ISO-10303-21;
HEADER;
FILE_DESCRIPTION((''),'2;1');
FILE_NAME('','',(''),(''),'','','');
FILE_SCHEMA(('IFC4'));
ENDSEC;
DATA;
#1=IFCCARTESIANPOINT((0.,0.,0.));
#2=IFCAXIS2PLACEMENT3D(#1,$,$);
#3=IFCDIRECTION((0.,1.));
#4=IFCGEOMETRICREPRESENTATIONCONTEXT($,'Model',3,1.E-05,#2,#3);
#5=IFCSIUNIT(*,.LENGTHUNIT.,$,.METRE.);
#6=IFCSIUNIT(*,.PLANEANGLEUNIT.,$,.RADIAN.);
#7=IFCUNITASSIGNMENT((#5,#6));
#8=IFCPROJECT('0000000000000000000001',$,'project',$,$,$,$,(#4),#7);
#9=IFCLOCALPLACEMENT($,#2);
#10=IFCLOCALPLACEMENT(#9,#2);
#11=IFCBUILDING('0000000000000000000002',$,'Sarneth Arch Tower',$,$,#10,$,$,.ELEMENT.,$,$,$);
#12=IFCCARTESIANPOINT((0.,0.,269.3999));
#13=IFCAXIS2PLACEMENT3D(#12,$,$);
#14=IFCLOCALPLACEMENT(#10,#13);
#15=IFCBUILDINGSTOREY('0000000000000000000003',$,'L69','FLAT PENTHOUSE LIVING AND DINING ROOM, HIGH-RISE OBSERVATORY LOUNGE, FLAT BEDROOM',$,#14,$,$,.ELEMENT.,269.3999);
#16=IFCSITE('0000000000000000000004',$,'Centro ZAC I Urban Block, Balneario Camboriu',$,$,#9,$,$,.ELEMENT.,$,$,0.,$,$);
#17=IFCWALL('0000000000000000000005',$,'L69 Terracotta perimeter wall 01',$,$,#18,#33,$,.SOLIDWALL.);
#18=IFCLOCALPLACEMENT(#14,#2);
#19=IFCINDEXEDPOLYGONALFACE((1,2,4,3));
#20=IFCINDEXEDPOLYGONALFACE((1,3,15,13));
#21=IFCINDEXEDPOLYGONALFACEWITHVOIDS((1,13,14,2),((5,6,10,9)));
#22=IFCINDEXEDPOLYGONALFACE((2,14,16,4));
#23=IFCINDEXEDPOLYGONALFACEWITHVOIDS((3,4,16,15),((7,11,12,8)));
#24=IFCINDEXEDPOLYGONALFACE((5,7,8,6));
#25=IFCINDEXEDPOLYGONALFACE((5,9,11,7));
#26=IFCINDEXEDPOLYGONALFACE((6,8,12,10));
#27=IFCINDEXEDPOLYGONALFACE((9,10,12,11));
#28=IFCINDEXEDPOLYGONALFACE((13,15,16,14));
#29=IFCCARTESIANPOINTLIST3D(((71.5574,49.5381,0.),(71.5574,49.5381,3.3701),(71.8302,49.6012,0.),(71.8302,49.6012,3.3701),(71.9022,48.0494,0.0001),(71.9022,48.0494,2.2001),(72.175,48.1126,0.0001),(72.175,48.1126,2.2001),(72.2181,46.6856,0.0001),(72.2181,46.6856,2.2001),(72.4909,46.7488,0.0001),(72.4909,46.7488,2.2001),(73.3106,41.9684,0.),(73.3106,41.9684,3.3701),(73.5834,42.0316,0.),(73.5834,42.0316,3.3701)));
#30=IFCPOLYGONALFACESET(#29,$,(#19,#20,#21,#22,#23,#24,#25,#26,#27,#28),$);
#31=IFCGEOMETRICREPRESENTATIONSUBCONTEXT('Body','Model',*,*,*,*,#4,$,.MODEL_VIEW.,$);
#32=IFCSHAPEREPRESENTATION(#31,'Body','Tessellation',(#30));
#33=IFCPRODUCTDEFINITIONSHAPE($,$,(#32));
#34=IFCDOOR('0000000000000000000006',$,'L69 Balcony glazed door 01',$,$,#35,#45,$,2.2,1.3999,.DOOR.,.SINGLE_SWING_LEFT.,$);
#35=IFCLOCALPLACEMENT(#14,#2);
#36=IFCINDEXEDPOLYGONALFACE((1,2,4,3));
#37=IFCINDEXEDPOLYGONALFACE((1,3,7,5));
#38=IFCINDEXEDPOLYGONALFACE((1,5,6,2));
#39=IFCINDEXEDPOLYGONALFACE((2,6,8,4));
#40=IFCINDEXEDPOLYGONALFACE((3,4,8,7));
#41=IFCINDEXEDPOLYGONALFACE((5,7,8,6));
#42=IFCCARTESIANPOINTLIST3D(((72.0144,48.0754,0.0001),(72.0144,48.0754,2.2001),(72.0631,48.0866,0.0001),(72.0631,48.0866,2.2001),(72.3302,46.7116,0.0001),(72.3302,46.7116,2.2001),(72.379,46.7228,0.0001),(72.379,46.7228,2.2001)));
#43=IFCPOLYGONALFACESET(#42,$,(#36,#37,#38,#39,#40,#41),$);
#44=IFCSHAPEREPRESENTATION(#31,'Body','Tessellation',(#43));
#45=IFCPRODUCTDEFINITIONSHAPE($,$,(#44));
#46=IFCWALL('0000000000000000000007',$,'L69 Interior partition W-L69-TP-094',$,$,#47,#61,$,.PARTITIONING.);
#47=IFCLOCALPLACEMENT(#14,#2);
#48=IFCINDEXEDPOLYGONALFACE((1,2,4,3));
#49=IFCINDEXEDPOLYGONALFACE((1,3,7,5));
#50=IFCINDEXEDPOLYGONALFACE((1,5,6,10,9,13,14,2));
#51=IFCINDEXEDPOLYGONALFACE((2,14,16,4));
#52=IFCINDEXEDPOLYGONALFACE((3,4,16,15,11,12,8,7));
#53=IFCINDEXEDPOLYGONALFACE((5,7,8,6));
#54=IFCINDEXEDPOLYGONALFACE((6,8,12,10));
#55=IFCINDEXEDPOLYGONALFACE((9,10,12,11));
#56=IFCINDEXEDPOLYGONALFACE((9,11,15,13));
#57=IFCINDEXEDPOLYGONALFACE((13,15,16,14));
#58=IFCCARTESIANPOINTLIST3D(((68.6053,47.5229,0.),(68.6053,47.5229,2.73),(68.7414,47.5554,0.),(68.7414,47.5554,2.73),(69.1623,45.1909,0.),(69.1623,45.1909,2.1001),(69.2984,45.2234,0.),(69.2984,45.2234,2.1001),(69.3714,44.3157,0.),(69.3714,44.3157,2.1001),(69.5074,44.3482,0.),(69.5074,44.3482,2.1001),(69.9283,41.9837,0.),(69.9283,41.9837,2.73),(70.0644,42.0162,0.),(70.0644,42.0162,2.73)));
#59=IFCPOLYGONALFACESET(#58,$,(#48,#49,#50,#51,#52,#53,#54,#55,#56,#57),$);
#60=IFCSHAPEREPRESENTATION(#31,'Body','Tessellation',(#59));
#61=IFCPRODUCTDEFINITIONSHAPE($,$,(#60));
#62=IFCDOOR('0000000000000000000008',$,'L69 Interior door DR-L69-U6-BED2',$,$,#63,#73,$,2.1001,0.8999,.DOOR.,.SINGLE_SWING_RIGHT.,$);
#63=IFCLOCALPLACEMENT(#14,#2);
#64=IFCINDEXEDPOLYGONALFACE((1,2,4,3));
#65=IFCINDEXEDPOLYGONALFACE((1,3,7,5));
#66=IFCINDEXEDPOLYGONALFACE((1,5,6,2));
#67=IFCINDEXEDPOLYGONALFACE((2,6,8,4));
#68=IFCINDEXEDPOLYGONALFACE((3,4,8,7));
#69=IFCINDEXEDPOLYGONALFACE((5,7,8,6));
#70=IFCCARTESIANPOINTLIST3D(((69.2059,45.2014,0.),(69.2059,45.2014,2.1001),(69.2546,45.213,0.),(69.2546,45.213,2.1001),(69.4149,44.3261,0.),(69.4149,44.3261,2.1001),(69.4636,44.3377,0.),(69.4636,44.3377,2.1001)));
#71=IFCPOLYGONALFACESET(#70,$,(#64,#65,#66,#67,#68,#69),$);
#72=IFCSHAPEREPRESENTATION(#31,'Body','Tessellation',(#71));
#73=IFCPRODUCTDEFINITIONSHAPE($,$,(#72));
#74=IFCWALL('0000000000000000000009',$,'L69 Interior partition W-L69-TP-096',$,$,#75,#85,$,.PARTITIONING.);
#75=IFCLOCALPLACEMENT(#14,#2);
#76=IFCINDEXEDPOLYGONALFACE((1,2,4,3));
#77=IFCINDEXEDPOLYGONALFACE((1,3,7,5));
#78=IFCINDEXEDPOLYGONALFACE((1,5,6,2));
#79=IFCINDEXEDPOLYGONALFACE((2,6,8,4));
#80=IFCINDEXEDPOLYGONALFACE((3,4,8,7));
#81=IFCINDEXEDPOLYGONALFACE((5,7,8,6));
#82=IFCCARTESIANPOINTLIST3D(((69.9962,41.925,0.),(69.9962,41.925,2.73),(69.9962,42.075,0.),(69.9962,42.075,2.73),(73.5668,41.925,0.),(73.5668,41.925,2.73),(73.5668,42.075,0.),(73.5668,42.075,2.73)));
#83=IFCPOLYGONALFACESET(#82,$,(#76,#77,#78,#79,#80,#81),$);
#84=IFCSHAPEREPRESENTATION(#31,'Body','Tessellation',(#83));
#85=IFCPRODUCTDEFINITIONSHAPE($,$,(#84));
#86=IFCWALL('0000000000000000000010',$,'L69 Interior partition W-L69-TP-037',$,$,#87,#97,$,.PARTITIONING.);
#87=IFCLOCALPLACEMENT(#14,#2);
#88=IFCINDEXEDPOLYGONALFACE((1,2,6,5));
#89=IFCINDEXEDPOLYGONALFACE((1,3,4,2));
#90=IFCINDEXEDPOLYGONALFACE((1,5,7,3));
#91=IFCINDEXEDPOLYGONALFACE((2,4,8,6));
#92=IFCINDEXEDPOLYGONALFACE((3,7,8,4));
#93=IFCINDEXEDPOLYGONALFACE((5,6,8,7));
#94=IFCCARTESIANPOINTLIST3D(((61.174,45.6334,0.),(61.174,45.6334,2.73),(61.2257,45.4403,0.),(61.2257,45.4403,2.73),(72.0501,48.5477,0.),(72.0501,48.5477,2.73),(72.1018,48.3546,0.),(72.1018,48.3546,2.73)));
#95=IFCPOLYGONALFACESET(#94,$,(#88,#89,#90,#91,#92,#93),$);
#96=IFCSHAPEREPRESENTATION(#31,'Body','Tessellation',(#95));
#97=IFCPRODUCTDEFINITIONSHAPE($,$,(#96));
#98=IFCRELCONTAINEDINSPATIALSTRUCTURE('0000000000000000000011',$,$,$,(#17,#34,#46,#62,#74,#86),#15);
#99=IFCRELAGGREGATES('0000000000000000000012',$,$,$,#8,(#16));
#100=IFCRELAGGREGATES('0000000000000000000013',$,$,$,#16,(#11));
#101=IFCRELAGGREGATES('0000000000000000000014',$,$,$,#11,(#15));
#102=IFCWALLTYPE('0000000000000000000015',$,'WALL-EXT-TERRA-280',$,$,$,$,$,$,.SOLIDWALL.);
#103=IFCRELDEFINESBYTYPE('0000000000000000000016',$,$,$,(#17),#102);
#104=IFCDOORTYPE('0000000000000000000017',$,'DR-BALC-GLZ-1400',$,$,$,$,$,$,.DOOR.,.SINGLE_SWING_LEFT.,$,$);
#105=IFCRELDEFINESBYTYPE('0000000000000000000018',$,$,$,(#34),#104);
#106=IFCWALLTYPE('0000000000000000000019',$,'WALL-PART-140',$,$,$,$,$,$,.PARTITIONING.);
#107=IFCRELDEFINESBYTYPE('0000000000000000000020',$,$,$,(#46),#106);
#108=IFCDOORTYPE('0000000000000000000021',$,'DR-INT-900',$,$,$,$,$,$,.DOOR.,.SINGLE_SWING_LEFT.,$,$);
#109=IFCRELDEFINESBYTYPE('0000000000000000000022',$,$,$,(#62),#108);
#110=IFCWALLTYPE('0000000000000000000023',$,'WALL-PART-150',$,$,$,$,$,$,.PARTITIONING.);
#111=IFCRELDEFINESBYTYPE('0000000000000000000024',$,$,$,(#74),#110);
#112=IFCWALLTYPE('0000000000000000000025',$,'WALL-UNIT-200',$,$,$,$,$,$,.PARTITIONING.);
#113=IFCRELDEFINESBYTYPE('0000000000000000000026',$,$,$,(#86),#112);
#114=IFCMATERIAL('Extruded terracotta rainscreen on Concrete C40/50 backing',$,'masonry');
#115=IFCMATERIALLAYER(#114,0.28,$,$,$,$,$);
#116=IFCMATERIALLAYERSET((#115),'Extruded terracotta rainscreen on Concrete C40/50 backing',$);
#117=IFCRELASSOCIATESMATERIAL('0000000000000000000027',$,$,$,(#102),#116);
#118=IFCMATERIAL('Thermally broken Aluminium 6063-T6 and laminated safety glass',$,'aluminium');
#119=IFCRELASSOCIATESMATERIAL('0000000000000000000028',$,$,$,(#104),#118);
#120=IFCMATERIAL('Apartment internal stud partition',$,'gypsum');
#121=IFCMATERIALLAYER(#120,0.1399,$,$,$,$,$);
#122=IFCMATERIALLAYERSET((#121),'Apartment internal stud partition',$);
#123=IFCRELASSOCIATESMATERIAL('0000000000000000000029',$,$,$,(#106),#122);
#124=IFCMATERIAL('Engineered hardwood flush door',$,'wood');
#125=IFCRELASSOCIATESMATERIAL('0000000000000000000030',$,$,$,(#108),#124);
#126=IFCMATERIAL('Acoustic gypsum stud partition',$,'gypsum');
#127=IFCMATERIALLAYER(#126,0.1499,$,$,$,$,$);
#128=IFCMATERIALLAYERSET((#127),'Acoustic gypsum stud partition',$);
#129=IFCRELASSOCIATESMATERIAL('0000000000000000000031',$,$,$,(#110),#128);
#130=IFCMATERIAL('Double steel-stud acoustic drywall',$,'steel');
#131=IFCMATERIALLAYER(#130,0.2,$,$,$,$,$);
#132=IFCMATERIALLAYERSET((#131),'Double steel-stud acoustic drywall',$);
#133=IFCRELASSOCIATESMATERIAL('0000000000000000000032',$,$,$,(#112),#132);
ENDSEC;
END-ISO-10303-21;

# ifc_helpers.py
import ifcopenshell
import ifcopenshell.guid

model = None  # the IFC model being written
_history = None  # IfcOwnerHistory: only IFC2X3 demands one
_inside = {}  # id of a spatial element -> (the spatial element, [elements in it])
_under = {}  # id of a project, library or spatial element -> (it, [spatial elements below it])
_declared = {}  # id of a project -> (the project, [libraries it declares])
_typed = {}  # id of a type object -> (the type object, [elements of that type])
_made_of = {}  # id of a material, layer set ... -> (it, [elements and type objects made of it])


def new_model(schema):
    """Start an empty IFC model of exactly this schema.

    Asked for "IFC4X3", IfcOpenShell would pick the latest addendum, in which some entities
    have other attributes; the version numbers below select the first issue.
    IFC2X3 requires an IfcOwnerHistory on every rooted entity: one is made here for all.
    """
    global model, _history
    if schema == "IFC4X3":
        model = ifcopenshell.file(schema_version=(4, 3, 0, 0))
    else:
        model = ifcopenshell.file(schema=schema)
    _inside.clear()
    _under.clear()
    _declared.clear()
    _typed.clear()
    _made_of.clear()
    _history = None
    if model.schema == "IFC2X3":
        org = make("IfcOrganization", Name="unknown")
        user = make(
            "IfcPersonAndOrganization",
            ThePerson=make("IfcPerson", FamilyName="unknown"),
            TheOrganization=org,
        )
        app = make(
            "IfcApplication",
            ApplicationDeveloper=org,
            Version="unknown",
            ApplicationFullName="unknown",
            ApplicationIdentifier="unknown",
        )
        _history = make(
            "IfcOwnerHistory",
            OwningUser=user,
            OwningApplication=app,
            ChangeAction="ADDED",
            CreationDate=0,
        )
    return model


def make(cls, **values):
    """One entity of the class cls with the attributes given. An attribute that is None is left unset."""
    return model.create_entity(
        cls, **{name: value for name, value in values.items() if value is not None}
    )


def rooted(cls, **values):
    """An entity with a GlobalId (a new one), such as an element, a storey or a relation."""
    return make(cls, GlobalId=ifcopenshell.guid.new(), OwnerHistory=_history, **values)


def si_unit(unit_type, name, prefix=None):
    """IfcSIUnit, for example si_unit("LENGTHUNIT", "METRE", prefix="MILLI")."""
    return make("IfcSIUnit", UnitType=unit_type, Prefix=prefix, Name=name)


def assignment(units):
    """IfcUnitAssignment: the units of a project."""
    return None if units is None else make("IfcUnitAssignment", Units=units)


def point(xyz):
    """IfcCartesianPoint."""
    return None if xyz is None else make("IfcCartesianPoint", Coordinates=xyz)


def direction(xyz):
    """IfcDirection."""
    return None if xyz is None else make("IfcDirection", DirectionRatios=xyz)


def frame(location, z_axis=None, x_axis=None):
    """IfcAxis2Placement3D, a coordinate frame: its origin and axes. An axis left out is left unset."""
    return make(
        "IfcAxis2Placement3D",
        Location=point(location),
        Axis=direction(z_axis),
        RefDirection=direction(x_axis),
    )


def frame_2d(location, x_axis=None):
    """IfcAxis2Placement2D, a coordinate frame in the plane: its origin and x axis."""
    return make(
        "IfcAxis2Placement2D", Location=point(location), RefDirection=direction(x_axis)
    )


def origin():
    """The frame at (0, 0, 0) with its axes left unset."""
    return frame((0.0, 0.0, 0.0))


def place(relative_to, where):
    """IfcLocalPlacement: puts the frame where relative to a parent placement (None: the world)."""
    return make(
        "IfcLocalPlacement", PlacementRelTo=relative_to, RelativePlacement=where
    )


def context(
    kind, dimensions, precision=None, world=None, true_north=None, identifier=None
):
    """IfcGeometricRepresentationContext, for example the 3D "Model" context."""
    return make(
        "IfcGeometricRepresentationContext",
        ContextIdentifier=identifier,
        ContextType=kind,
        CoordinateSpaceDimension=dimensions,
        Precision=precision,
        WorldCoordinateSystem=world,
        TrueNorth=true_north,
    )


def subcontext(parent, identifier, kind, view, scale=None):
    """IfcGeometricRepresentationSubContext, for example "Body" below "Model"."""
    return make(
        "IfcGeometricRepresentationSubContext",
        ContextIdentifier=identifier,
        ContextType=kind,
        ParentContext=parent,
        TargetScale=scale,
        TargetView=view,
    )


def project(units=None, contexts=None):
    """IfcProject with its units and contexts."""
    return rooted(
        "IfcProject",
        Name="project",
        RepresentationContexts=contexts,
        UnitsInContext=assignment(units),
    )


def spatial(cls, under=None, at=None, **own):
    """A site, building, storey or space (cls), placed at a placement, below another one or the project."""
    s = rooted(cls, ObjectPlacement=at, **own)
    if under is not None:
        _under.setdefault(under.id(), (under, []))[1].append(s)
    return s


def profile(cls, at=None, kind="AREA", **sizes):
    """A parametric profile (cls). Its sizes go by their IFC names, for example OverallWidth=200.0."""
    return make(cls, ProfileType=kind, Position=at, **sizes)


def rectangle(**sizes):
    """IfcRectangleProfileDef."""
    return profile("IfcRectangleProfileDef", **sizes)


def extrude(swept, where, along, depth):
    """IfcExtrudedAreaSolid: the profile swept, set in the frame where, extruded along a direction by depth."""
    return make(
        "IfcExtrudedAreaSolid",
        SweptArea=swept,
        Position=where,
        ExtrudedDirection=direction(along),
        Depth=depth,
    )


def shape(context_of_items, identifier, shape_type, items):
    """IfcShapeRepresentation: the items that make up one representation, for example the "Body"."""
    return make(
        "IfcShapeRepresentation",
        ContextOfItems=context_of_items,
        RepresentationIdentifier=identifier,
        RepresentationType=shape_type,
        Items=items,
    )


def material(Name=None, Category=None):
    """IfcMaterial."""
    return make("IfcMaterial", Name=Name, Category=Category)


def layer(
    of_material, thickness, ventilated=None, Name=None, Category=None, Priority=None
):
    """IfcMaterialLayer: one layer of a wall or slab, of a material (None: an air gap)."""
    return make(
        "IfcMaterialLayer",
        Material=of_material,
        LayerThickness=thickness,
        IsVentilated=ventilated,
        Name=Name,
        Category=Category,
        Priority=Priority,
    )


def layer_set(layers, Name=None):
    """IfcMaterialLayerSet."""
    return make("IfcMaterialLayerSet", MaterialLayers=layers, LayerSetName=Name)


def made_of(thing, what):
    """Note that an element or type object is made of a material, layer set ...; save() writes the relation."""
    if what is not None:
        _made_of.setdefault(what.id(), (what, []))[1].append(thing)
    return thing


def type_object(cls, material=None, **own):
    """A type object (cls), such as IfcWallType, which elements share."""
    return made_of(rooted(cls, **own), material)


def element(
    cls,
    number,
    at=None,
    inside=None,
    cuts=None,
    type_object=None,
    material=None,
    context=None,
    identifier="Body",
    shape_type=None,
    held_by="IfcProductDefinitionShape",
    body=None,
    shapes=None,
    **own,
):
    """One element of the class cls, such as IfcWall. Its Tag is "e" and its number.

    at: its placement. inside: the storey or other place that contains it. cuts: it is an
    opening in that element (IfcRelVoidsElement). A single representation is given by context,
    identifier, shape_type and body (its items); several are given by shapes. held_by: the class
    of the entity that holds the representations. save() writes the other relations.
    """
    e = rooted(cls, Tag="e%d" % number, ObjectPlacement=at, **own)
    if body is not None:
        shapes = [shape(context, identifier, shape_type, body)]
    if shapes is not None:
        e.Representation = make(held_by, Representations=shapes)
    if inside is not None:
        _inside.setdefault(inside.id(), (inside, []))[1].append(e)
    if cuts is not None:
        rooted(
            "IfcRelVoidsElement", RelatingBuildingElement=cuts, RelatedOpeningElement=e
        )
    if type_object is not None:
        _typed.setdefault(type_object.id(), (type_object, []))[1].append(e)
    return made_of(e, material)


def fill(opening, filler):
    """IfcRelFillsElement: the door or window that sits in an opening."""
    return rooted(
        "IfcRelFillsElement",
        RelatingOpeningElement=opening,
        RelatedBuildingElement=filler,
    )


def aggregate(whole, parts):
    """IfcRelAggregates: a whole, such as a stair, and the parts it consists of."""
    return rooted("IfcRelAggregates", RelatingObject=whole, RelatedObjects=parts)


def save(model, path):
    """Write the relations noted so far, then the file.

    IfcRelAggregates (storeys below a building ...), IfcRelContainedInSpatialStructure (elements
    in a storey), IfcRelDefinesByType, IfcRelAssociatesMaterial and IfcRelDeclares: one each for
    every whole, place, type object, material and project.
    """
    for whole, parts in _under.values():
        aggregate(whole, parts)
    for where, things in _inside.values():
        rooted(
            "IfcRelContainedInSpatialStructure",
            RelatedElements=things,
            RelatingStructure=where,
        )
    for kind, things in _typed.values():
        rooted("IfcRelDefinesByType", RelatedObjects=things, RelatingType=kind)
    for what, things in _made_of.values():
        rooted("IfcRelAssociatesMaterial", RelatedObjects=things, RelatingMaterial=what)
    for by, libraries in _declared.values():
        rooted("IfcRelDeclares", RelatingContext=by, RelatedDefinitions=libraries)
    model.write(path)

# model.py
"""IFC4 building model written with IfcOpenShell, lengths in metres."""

from ifc_helpers import new_model, si_unit, direction, frame, frame_2d, origin, place, context, subcontext, project, spatial, rectangle, extrude, material, layer, layer_set, type_object, element, fill, save


model = new_model("IFC4")

# Units and contexts
model_context = context("Model", 3, precision=1e-05, world=origin(), true_north=direction((0.0, 1.0)))
body_context = subcontext(model_context, "Body", "Model", "MODEL_VIEW")
ifc_project = project(units=[si_unit("LENGTHUNIT", "METRE"), si_unit("PLANEANGLEUNIT", "RADIAN")], contexts=[model_context])

# Site, building, storey
site_placement = place(None, origin())
site = spatial("IfcSite", under=ifc_project, at=site_placement, Name="Centro ZAC I Urban Block, Balneario Camboriu", CompositionType="ELEMENT", RefElevation=0.0)
building_placement = place(site_placement, origin())
building = spatial("IfcBuilding", under=site, at=building_placement, Name="Sarneth Arch Tower", CompositionType="ELEMENT")
storey_placement = place(building_placement, frame((0.0, 0.0, 269.3999)))
storey = spatial("IfcBuildingStorey", under=building, at=storey_placement, Name="L69", Description="FLAT PENTHOUSE LIVING AND DINING ROOM, HIGH-RISE OBSERVATORY LOUNGE, FLAT BEDROOM", CompositionType="ELEMENT", Elevation=269.3999)

# Walls, openings, doors
ifc_material_1 = material(Name="Extruded terracotta rainscreen on Concrete C40/50 backing", Category="masonry")
ifc_layer_1 = layer(ifc_material_1, 0.28)
ifc_layer_set_1 = layer_set([ifc_layer_1], Name="Extruded terracotta rainscreen on Concrete C40/50 backing")
wall_type_1 = type_object("IfcWallType", Name="WALL-EXT-TERRA-280", PredefinedType="SOLIDWALL", material=ifc_layer_set_1)
wall_1_placement = place(storey_placement, frame((73.447, 42.0, 0.0), z_axis=(0.0, 0.0, 1.0), x_axis=(-0.225635, 0.974212, 0.0)))
wall_1 = element("IfcWall", 1, at=wall_1_placement, inside=storey, type_object=wall_type_1, Name="L69 Terracotta perimeter wall 01", PredefinedType="SOLIDWALL", context=body_context, shape_type="SweptSolid", body=[
    extrude(rectangle(XDim=7.77, YDim=0.28, at=frame_2d((3.885, 0.0))), origin(), (0.0, 0.0, 1.0), 3.3701),
])
opening_1_placement = place(wall_1_placement, frame((4.842, 0.0, 0.0)))
opening_1 = element("IfcOpeningElement", 2, at=opening_1_placement, cuts=wall_1, PredefinedType="OPENING", context=body_context, shape_type="SweptSolid", body=[
    extrude(rectangle(XDim=1.3999, YDim=2.2, at=frame_2d((0.7, 1.1001))), frame((0.0, 0.1499, 0.0), z_axis=(0.0, -1.0, 0.0), x_axis=(1.0, 0.0, 0.0)), (0.0, 0.0, 1.0), 0.3),
])
ifc_material_2 = material(Name="Thermally broken Aluminium 6063-T6 and laminated safety glass", Category="aluminium")
door_type_1 = type_object("IfcDoorType", Name="DR-BALC-GLZ-1400", OperationType="SINGLE_SWING_LEFT", PredefinedType="DOOR", material=ifc_material_2)
door_1_placement = place(opening_1_placement, origin())
door_1 = element("IfcDoor", 3, at=door_1_placement, inside=storey, type_object=door_type_1, Name="L69 Balcony glazed door 01", OperationType="SINGLE_SWING_LEFT", OverallHeight=2.2, OverallWidth=1.3999, PredefinedType="DOOR", context=body_context, shape_type="SweptSolid", body=[
    extrude(rectangle(XDim=1.3999, YDim=2.2, at=frame_2d((0.7, 1.1001))), frame((0.0, 0.0249, 0.0), z_axis=(0.0, -1.0, 0.0), x_axis=(1.0, 0.0, 0.0)), (0.0, 0.0, 1.0), 0.05),
])
fill(opening_1, door_1)
ifc_material_3 = material(Name="Apartment internal stud partition", Category="gypsum")
ifc_layer_2 = layer(ifc_material_3, 0.1399)
ifc_layer_set_2 = layer_set([ifc_layer_2], Name="Apartment internal stud partition")
wall_type_2 = type_object("IfcWallType", Name="WALL-PART-140", PredefinedType="PARTITIONING", material=ifc_layer_set_2)
wall_2_placement = place(storey_placement, frame((68.6733, 47.5393, 0.0), z_axis=(0.0, 0.0, 1.0), x_axis=(0.232304, -0.972643, 0.0)))
wall_2 = element("IfcWall", 4, at=wall_2_placement, inside=storey, type_object=wall_type_2, Name="L69 Interior partition W-L69-TP-094", PredefinedType="PARTITIONING", context=body_context, shape_type="SweptSolid", body=[
    extrude(rectangle(XDim=5.6951, YDim=0.1399, at=frame_2d((2.8477, 0.0))), origin(), (0.0, 0.0, 1.0), 2.73),
])
opening_2_placement = place(wall_2_placement, frame((2.3977, 0.0, 0.0)))
opening_2 = element("IfcOpeningElement", 5, at=opening_2_placement, cuts=wall_2, PredefinedType="OPENING", context=body_context, shape_type="SweptSolid", body=[
    extrude(rectangle(XDim=0.8999, YDim=2.1001, at=frame_2d((0.45, 1.05))), frame((0.0, 0.0798, 0.0), z_axis=(0.0, -1.0, 0.0), x_axis=(1.0, 0.0, 0.0)), (0.0, 0.0, 1.0), 0.1599),
])
ifc_material_4 = material(Name="Engineered hardwood flush door", Category="wood")
door_type_2 = type_object("IfcDoorType", Name="DR-INT-900", OperationType="SINGLE_SWING_LEFT", PredefinedType="DOOR", material=ifc_material_4)
door_2_placement = place(opening_2_placement, origin())
door_2 = element("IfcDoor", 6, at=door_2_placement, inside=storey, type_object=door_type_2, Name="L69 Interior door DR-L69-U6-BED2", OperationType="SINGLE_SWING_RIGHT", OverallHeight=2.1001, OverallWidth=0.8999, PredefinedType="DOOR", context=body_context, shape_type="SweptSolid", body=[
    extrude(rectangle(XDim=0.8999, YDim=2.1001, at=frame_2d((0.45, 1.05))), frame((0.0, 0.0249, 0.0), z_axis=(0.0, -1.0, 0.0), x_axis=(1.0, 0.0, 0.0)), (0.0, 0.0, 1.0), 0.05),
])
fill(opening_2, door_2)

# Walls
ifc_material_5 = material(Name="Acoustic gypsum stud partition", Category="gypsum")
ifc_layer_3 = layer(ifc_material_5, 0.1499)
ifc_layer_set_3 = layer_set([ifc_layer_3], Name="Acoustic gypsum stud partition")
wall_type_3 = type_object("IfcWallType", Name="WALL-PART-150", PredefinedType="PARTITIONING", material=ifc_layer_set_3)
wall_3_placement = place(storey_placement, frame((69.9963, 42.0, 0.0), z_axis=(0.0, 0.0, 1.0), x_axis=(1.0, 0.0, 0.0)))
element("IfcWall", 7, at=wall_3_placement, inside=storey, type_object=wall_type_3, Name="L69 Interior partition W-L69-TP-096", PredefinedType="PARTITIONING", context=body_context, shape_type="SweptSolid", body=[
    extrude(rectangle(XDim=3.5706, YDim=0.1499, at=frame_2d((1.7852, 0.0))), origin(), (0.0, 0.0, 1.0), 2.73),
])
ifc_material_6 = material(Name="Double steel-stud acoustic drywall", Category="steel")
ifc_layer_4 = layer(ifc_material_6, 0.2)
ifc_layer_set_4 = layer_set([ifc_layer_4], Name="Double steel-stud acoustic drywall")
wall_type_4 = type_object("IfcWallType", Name="WALL-UNIT-200", PredefinedType="PARTITIONING", material=ifc_layer_set_4)
wall_4_placement = place(storey_placement, frame((72.0759, 48.4512, 0.0), z_axis=(0.0, 0.0, 1.0), x_axis=(-0.965924, -0.258827, 0.0)))
element("IfcWall", 8, at=wall_4_placement, inside=storey, type_object=wall_type_4, Name="L69 Interior partition W-L69-TP-037", PredefinedType="PARTITIONING", context=body_context, shape_type="SweptSolid", body=[
    extrude(rectangle(XDim=11.2598, YDim=0.2, at=frame_2d((5.6299, 0.0))), origin(), (0.0, 0.0, 1.0), 2.73),
])

save(model, "model.ifc")
